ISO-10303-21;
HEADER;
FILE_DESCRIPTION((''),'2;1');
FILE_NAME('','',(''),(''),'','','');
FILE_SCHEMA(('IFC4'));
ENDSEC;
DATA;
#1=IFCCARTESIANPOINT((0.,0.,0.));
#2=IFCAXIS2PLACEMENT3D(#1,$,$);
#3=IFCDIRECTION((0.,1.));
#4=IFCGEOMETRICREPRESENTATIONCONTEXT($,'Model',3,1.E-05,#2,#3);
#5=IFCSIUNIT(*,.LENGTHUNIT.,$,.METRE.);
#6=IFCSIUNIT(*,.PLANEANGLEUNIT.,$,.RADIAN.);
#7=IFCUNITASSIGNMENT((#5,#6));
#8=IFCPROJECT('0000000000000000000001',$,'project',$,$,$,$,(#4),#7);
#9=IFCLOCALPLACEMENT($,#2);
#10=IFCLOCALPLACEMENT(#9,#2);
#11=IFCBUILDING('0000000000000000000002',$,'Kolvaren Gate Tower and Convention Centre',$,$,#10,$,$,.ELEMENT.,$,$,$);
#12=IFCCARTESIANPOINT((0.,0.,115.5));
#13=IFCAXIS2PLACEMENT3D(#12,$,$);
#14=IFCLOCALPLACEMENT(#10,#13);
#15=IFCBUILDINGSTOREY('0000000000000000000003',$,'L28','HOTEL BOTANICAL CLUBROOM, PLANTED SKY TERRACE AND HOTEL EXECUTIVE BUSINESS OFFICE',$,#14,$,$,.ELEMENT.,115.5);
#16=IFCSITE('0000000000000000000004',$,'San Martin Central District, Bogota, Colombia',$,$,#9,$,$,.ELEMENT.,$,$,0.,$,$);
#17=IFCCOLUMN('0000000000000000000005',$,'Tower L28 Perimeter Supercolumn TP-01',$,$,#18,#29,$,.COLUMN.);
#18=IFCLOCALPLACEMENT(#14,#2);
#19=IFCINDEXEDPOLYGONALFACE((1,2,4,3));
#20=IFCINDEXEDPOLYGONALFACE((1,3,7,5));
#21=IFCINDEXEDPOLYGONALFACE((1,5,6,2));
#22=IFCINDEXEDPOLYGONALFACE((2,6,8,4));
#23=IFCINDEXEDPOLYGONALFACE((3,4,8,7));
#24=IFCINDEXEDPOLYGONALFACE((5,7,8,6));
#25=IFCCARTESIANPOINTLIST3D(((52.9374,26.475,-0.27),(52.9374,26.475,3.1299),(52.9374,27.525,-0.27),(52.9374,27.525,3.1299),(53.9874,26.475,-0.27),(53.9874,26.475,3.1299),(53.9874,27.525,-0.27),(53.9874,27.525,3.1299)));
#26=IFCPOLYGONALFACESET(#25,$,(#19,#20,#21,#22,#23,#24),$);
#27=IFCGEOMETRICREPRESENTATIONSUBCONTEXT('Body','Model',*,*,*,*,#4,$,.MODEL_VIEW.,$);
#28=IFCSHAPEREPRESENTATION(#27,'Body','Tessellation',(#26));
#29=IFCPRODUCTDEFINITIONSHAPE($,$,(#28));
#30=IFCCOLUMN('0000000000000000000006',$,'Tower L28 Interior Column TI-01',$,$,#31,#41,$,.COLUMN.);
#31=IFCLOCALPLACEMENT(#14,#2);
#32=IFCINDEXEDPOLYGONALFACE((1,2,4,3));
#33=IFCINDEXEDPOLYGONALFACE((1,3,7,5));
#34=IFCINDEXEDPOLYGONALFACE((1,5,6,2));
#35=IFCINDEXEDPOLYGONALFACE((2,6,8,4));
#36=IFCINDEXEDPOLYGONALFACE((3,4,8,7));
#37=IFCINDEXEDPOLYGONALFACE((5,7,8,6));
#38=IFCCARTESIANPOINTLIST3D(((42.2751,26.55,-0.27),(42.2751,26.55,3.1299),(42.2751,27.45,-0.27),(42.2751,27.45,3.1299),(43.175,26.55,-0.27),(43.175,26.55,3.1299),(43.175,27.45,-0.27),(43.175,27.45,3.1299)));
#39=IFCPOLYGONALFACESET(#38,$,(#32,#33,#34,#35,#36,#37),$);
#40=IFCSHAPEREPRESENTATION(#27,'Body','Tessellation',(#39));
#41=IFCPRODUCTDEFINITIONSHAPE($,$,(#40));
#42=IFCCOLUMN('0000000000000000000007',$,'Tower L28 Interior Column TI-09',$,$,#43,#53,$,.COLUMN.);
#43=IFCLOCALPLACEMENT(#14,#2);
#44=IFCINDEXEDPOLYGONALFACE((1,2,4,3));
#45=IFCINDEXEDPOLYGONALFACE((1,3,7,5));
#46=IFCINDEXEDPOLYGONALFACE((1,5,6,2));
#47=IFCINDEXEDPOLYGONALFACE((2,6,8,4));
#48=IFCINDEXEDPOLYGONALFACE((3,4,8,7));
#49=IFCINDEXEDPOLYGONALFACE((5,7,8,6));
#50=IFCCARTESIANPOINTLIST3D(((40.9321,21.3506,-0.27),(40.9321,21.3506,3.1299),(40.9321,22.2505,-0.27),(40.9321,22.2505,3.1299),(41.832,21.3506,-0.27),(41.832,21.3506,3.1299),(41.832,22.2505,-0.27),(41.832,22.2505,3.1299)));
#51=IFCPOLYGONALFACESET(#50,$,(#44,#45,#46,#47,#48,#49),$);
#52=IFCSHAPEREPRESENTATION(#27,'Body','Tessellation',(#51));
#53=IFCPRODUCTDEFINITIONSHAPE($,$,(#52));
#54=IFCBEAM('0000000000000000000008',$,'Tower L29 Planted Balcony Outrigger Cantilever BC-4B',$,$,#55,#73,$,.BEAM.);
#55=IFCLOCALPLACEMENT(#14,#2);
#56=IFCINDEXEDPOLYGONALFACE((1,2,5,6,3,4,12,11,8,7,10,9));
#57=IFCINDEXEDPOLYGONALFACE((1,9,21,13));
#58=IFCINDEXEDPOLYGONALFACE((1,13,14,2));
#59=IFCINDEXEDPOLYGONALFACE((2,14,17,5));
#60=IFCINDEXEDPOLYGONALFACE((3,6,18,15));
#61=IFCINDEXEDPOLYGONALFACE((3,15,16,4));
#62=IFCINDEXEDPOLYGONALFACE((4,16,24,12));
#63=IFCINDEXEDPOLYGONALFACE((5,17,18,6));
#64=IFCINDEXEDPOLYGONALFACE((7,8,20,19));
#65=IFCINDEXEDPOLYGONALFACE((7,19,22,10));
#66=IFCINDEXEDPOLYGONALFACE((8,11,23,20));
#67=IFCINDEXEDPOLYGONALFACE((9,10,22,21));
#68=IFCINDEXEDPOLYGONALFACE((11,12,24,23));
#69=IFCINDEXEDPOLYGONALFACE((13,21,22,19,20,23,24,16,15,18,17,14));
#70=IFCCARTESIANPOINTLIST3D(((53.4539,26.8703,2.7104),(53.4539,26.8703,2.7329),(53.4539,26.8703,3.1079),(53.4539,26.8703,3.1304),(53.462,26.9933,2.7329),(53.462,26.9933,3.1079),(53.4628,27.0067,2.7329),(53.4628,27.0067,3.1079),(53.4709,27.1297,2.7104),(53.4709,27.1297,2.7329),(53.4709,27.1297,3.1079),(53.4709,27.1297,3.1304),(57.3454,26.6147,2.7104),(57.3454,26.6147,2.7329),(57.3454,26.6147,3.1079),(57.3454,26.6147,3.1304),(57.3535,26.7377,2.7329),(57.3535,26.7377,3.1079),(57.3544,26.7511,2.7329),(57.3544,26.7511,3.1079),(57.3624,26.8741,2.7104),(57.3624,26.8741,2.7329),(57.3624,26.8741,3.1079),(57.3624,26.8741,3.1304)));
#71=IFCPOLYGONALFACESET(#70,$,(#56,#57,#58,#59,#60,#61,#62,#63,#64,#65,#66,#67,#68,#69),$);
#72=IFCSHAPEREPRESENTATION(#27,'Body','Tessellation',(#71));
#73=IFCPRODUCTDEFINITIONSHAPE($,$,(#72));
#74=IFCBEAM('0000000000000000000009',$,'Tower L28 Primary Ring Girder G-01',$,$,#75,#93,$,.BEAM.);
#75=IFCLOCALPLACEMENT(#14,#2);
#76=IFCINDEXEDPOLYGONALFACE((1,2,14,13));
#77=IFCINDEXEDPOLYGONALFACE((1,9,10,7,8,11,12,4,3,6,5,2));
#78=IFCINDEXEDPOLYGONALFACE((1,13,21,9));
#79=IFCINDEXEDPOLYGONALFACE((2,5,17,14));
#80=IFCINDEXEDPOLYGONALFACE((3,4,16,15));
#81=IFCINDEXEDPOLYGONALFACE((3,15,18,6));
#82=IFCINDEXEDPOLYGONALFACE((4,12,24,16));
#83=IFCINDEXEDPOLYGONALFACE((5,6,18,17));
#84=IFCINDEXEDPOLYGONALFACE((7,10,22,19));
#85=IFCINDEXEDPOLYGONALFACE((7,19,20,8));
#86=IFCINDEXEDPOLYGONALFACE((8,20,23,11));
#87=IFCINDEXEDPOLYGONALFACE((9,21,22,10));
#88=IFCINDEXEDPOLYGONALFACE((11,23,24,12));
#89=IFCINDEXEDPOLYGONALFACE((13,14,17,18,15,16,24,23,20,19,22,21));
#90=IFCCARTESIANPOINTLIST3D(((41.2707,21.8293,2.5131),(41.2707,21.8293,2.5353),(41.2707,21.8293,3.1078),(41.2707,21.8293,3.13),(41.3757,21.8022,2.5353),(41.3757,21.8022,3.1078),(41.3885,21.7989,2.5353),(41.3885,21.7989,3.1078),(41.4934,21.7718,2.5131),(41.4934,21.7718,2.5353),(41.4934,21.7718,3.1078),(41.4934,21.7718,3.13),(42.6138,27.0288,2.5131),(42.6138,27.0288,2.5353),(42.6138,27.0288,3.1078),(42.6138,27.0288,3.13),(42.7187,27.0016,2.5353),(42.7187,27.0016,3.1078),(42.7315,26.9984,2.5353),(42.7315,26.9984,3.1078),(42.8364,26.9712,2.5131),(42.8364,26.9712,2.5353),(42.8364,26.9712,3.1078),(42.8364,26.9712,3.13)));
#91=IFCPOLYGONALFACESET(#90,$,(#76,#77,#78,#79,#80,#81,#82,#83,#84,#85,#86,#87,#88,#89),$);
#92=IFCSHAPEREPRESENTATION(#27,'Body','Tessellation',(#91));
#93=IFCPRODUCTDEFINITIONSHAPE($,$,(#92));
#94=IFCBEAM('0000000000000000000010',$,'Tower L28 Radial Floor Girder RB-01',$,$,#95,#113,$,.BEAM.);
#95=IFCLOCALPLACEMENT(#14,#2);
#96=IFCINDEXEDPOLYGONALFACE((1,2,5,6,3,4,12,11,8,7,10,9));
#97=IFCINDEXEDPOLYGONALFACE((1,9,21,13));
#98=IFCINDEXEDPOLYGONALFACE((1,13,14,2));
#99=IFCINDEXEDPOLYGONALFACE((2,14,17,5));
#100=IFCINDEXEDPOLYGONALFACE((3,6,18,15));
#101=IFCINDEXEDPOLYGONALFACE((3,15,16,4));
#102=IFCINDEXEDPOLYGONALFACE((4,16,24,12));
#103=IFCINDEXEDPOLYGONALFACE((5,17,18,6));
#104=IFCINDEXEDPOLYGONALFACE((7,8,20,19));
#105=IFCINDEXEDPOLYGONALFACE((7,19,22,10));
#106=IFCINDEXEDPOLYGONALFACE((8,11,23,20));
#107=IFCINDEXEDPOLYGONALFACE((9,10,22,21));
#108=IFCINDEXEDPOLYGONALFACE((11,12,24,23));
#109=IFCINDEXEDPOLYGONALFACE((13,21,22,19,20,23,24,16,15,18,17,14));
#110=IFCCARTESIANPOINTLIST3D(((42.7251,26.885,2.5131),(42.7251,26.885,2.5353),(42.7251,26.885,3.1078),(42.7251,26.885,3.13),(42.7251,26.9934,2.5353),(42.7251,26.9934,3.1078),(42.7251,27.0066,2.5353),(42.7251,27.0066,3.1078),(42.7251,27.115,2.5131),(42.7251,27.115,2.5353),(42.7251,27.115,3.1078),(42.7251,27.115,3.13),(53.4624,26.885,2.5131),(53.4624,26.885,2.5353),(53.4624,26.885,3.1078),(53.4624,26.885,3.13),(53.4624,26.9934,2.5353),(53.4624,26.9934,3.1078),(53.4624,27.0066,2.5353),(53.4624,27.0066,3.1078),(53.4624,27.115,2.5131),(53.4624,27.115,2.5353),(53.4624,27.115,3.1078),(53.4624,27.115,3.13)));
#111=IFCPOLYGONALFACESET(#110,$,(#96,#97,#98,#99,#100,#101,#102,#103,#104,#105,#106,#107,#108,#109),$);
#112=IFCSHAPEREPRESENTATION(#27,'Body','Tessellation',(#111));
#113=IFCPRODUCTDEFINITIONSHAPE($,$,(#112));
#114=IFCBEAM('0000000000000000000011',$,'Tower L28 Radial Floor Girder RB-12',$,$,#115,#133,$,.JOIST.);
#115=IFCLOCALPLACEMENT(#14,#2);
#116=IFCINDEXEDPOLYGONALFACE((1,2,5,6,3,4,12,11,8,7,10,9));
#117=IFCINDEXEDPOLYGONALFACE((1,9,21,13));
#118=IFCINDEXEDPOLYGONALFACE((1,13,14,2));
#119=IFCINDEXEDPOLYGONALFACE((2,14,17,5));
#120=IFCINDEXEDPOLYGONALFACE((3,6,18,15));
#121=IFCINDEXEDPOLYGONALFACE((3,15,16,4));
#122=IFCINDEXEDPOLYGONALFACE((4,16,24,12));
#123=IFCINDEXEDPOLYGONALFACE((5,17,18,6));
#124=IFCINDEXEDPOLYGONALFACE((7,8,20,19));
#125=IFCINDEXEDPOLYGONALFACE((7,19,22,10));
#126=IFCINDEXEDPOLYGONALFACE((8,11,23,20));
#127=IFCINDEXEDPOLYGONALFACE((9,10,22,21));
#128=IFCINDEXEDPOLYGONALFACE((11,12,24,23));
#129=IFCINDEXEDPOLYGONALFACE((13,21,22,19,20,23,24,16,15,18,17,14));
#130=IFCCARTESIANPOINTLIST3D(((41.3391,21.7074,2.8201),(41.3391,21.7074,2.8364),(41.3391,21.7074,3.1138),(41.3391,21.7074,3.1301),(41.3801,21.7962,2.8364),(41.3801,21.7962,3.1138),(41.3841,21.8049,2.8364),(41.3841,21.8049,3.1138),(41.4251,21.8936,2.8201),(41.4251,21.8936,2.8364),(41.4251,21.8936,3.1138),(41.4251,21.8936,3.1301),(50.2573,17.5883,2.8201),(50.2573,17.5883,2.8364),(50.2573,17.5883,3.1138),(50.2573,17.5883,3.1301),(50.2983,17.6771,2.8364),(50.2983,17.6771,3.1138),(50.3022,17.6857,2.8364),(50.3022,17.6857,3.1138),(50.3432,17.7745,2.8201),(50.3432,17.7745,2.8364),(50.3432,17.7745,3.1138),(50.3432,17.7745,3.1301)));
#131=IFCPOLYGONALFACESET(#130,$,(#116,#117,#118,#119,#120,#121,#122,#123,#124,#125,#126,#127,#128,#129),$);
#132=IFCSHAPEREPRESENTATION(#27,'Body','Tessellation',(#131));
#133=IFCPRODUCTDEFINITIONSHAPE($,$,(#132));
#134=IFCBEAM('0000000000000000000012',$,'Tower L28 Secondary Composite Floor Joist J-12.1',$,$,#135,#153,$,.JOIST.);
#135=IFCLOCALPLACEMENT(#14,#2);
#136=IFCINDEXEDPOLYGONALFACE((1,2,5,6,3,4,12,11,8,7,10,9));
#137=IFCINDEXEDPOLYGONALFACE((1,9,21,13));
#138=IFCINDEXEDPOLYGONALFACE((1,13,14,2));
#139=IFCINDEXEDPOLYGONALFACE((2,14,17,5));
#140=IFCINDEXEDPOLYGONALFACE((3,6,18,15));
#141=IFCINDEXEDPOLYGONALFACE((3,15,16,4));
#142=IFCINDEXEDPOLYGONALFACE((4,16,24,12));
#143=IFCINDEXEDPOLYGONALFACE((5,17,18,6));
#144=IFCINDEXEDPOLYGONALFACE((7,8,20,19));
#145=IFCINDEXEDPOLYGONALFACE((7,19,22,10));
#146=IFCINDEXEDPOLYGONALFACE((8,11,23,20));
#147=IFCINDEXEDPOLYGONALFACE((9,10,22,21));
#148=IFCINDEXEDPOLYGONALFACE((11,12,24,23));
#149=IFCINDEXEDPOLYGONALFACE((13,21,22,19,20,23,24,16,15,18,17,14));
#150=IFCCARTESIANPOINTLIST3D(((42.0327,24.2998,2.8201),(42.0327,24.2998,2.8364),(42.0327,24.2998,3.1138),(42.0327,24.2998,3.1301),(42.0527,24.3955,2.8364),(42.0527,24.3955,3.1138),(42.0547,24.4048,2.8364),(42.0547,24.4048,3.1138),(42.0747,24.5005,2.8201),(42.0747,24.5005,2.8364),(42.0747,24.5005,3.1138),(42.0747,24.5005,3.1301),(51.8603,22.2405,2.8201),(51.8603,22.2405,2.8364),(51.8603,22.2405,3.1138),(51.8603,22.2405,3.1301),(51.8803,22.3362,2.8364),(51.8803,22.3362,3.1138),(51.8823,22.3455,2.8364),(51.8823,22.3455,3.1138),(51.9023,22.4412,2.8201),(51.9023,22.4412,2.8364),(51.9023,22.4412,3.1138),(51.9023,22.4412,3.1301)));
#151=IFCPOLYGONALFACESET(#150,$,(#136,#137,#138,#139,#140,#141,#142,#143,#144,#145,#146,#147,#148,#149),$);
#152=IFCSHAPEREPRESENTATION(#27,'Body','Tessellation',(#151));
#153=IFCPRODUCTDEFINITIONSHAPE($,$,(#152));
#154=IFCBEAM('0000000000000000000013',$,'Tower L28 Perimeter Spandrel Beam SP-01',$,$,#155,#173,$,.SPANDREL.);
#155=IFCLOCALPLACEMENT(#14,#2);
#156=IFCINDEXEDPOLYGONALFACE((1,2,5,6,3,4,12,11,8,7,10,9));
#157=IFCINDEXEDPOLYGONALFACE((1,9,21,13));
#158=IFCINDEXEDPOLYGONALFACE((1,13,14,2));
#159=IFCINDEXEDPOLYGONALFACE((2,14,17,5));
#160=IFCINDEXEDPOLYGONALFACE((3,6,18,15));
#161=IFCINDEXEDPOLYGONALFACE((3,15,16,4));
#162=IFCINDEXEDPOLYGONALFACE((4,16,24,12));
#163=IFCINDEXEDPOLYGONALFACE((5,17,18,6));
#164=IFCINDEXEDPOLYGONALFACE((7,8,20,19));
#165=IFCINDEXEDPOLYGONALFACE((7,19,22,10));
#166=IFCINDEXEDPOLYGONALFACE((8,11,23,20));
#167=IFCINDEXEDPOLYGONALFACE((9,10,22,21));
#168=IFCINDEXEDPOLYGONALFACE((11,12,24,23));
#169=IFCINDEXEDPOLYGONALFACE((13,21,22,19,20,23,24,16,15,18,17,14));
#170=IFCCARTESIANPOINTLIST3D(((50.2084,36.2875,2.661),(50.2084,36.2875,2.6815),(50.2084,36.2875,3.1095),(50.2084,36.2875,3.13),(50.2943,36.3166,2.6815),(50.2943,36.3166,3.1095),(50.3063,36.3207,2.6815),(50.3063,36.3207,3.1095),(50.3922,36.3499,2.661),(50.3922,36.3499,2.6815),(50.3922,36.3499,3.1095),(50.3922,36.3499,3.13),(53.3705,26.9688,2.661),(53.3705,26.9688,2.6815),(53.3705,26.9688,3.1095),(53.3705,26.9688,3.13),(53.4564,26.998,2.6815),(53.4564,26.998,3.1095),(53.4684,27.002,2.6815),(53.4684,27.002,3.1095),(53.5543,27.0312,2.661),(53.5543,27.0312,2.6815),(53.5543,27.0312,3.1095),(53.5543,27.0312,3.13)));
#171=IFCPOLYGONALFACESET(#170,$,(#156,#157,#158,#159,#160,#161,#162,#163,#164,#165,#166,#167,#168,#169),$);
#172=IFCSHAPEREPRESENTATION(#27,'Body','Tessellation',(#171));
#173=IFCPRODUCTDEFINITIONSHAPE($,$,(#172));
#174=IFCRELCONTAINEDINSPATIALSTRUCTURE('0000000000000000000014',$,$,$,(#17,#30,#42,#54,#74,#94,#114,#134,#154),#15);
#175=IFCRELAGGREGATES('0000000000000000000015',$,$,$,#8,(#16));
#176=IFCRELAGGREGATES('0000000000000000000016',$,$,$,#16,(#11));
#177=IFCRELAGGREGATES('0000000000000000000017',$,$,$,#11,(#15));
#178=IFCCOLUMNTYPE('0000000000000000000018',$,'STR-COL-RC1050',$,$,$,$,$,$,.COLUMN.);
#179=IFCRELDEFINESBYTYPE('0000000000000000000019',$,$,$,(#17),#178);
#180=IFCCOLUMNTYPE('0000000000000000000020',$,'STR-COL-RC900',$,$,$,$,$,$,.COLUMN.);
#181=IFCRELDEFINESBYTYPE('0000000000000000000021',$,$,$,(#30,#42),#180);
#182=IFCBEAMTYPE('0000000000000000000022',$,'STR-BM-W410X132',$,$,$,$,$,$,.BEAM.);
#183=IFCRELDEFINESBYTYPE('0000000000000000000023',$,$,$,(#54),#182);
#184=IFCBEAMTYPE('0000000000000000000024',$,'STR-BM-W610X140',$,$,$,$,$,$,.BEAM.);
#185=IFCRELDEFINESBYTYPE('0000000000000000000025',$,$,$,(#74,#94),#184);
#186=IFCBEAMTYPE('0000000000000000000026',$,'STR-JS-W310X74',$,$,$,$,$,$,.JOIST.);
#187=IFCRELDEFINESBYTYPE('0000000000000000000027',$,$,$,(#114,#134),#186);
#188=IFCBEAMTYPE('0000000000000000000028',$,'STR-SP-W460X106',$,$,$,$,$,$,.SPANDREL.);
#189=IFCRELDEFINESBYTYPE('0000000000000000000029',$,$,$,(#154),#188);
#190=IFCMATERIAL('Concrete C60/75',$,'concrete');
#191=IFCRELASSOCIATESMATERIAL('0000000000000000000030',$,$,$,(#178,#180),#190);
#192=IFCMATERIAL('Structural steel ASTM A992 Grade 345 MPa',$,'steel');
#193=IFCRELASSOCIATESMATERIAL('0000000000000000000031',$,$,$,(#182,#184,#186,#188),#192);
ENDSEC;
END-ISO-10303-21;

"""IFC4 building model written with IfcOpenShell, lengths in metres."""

from ifc_helpers import new_model, si_unit, direction, frame, origin, origin_2d, place, context, subcontext, project, spatial, rectangle, i_section, extrude, material, material_profile, profile_set, type_object, element, save


model = new_model("IFC4")

# Units and contexts
model_context = context("Model", 3, precision=1e-05, world=origin(), true_north=direction((0.0, 1.0)))
body_context = subcontext(model_context, "Body", "Model", "MODEL_VIEW")
ifc_project = project(units=[si_unit("LENGTHUNIT", "METRE"), si_unit("PLANEANGLEUNIT", "RADIAN")], contexts=[model_context])

# Site, building, storey
site_placement = place(None, origin())
site = spatial("IfcSite", under=ifc_project, at=site_placement, Name="San Martin Central District, Bogota, Colombia", CompositionType="ELEMENT", RefElevation=0.0)
building_placement = place(site_placement, origin())
building = spatial("IfcBuilding", under=site, at=building_placement, Name="Kolvaren Gate Tower and Convention Centre", CompositionType="ELEMENT")
storey_placement = place(building_placement, frame((0.0, 0.0, 115.5)))
storey = spatial("IfcBuildingStorey", under=building, at=storey_placement, Name="L28", Description="HOTEL BOTANICAL CLUBROOM, PLANTED SKY TERRACE AND HOTEL EXECUTIVE BUSINESS OFFICE", CompositionType="ELEMENT", Elevation=115.5)

# Columns
ifc_material_1 = material(Name="Concrete C60/75", Category="concrete")
ifc_material_profile_1 = material_profile(ifc_material_1, rectangle(XDim=1.05, YDim=1.05, at=origin_2d()), Name="RC-COL-1050X1050")
ifc_profile_set_1 = profile_set([ifc_material_profile_1], Name="Concrete C60/75")
column_type_1 = type_object("IfcColumnType", Name="STR-COL-RC1050", PredefinedType="COLUMN", material=ifc_profile_set_1)
column_placement = place(storey_placement, frame((53.4624, 27.0, -0.27), z_axis=(0.0, 0.0, 1.0), x_axis=(1.0, 0.0, 0.0)))
element("IfcColumn", 1, at=column_placement, inside=storey, type_object=column_type_1, Name="Tower L28 Perimeter Supercolumn TP-01", PredefinedType="COLUMN", context=body_context, shape_type="SweptSolid", body=[
    extrude(rectangle(XDim=1.05, YDim=1.05, at=origin_2d()), origin(), (0.0, 0.0, 1.0), 3.3999),
])
ifc_material_profile_2 = material_profile(ifc_material_1, rectangle(XDim=0.8999, YDim=0.8999, at=origin_2d()), Name="RC-COL-900X900")
ifc_profile_set_2 = profile_set([ifc_material_profile_2], Name="Concrete C60/75")
column_type_2 = type_object("IfcColumnType", Name="STR-COL-RC900", PredefinedType="COLUMN", material=ifc_profile_set_2)
for number, where, z_axis, x_axis, name in (
    (2, (42.7251, 27.0, -0.27), (0.0, 0.0, 1.0), (1.0, 0.0, 0.0), "Tower L28 Interior Column TI-01"),
    (3, (41.3821, 21.8005, -0.27), (0.0, 0.0, 1.0), (1.0, 0.0, 0.0), "Tower L28 Interior Column TI-09"),
):
    element("IfcColumn", number, at=place(storey_placement, frame(where, z_axis=z_axis, x_axis=x_axis)), inside=storey, type_object=column_type_2, Name=name, PredefinedType="COLUMN", context=body_context, shape_type="SweptSolid", body=[
        extrude(rectangle(XDim=0.8999, YDim=0.8999, at=origin_2d()), origin(), (0.0, 0.0, 1.0), 3.3999),
    ])

# Beams
ifc_material_2 = material(Name="Structural steel ASTM A992 Grade 345 MPa", Category="steel")
ifc_material_profile_3 = material_profile(ifc_material_2, i_section(OverallWidth=0.26, OverallDepth=0.4199, WebThickness=0.0134, FlangeThickness=0.0225, at=origin_2d()), Name="W410X132")
ifc_profile_set_3 = profile_set([ifc_material_profile_3], Name="Structural steel ASTM A992 Grade 345 MPa")
beam_type_1 = type_object("IfcBeamType", Name="STR-BM-W410X132", PredefinedType="BEAM", material=ifc_profile_set_3)
beam_1_placement = place(storey_placement, frame((53.4624, 27.0, 2.9204), z_axis=(0.99785, -0.065543, 0.0), x_axis=(0.065543, 0.99785, 0.0)))
element("IfcBeam", 4, at=beam_1_placement, inside=storey, type_object=beam_type_1, Name="Tower L29 Planted Balcony Outrigger Cantilever BC-4B", PredefinedType="BEAM", context=body_context, shape_type="SweptSolid", body=[
    extrude(i_section(OverallWidth=0.26, OverallDepth=0.4199, WebThickness=0.0134, FlangeThickness=0.0225, at=origin_2d()), origin(), (0.0, 0.0, 1.0), 3.8999),
])
ifc_material_profile_4 = material_profile(ifc_material_2, i_section(OverallWidth=0.23, OverallDepth=0.6169, WebThickness=0.0132, FlangeThickness=0.0222, at=origin_2d()), Name="W610X140")
ifc_profile_set_4 = profile_set([ifc_material_profile_4], Name="Structural steel ASTM A992 Grade 345 MPa")
beam_type_2 = type_object("IfcBeamType", Name="STR-BM-W610X140", PredefinedType="BEAM", material=ifc_profile_set_4)
beam_2_placement = place(storey_placement, frame((42.7251, 27.0, 2.8215), z_axis=(-0.250091, -0.968222, 0.0), x_axis=(0.968222, -0.250091, 0.0)))
element("IfcBeam", 5, at=beam_2_placement, inside=storey, type_object=beam_type_2, Name="Tower L28 Primary Ring Girder G-01", PredefinedType="BEAM", context=body_context, shape_type="SweptSolid", body=[
    extrude(i_section(OverallWidth=0.23, OverallDepth=0.6169, WebThickness=0.0132, FlangeThickness=0.0222, at=origin_2d()), origin(), (0.0, 0.0, 1.0), 5.3701),
])
beam_3_placement = place(storey_placement, frame((42.7251, 27.0, 2.8215), z_axis=(1.0, 0.0, 0.0), x_axis=(0.0, 1.0, 0.0)))
element("IfcBeam", 6, at=beam_3_placement, inside=storey, type_object=beam_type_2, Name="Tower L28 Radial Floor Girder RB-01", PredefinedType="BEAM", context=body_context, shape_type="SweptSolid", body=[
    extrude(i_section(OverallWidth=0.23, OverallDepth=0.6169, WebThickness=0.0132, FlangeThickness=0.0222, at=origin_2d()), origin(), (0.0, 0.0, 1.0), 10.7373),
])
ifc_material_profile_5 = material_profile(ifc_material_2, i_section(OverallWidth=0.2051, OverallDepth=0.3101, WebThickness=0.0095, FlangeThickness=0.0164, at=origin_2d()), Name="W310X74")
ifc_profile_set_5 = profile_set([ifc_material_profile_5], Name="Structural steel ASTM A992 Grade 345 MPa")
beam_type_3 = type_object("IfcBeamType", Name="STR-JS-W310X74", PredefinedType="JOIST", material=ifc_profile_set_5)
beam_4_placement = place(storey_placement, frame((41.3821, 21.8005, 2.9751), z_axis=(0.907842, -0.419313, 0.0), x_axis=(0.419313, 0.907842, 0.0)))
element("IfcBeam", 7, at=beam_4_placement, inside=storey, type_object=beam_type_3, Name="Tower L28 Radial Floor Girder RB-12", PredefinedType="JOIST", context=body_context, shape_type="SweptSolid", body=[
    extrude(i_section(OverallWidth=0.2051, OverallDepth=0.3101, WebThickness=0.0095, FlangeThickness=0.0164, at=origin_2d()), origin(), (0.0, 0.0, 1.0), 9.8235),
])
beam_5_placement = place(storey_placement, frame((42.0537, 24.4001, 2.9751), z_axis=(0.978743, -0.20509, 0.0), x_axis=(0.20509, 0.978743, 0.0)))
element("IfcBeam", 8, at=beam_5_placement, inside=storey, type_object=beam_type_3, Name="Tower L28 Secondary Composite Floor Joist J-12.1", PredefinedType="JOIST", context=body_context, shape_type="SweptSolid", body=[
    extrude(i_section(OverallWidth=0.2051, OverallDepth=0.3101, WebThickness=0.0095, FlangeThickness=0.0164, at=origin_2d()), origin(), (0.0, 0.0, 1.0), 10.041),
])
ifc_material_profile_6 = material_profile(ifc_material_2, i_section(OverallWidth=0.1941, OverallDepth=0.469, WebThickness=0.0127, FlangeThickness=0.0205, at=origin_2d()), Name="W460X106")
ifc_profile_set_6 = profile_set([ifc_material_profile_6], Name="Structural steel ASTM A992 Grade 345 MPa")
beam_type_4 = type_object("IfcBeamType", Name="STR-SP-W460X106", PredefinedType="SPANDREL", material=ifc_profile_set_6)
beam_6_placement = place(storey_placement, frame((53.4624, 27.0, 2.8955), z_axis=(-0.321336, 0.946965, 0.0), x_axis=(-0.946965, -0.321336, 0.0)))
element("IfcBeam", 9, at=beam_6_placement, inside=storey, type_object=beam_type_4, Name="Tower L28 Perimeter Spandrel Beam SP-01", PredefinedType="SPANDREL", context=body_context, shape_type="SweptSolid", body=[
    extrude(i_section(OverallWidth=0.1941, OverallDepth=0.469, WebThickness=0.0127, FlangeThickness=0.0205, at=origin_2d()), origin(), (0.0, 0.0, 1.0), 9.8406),
])

save(model, "model.ifc")
